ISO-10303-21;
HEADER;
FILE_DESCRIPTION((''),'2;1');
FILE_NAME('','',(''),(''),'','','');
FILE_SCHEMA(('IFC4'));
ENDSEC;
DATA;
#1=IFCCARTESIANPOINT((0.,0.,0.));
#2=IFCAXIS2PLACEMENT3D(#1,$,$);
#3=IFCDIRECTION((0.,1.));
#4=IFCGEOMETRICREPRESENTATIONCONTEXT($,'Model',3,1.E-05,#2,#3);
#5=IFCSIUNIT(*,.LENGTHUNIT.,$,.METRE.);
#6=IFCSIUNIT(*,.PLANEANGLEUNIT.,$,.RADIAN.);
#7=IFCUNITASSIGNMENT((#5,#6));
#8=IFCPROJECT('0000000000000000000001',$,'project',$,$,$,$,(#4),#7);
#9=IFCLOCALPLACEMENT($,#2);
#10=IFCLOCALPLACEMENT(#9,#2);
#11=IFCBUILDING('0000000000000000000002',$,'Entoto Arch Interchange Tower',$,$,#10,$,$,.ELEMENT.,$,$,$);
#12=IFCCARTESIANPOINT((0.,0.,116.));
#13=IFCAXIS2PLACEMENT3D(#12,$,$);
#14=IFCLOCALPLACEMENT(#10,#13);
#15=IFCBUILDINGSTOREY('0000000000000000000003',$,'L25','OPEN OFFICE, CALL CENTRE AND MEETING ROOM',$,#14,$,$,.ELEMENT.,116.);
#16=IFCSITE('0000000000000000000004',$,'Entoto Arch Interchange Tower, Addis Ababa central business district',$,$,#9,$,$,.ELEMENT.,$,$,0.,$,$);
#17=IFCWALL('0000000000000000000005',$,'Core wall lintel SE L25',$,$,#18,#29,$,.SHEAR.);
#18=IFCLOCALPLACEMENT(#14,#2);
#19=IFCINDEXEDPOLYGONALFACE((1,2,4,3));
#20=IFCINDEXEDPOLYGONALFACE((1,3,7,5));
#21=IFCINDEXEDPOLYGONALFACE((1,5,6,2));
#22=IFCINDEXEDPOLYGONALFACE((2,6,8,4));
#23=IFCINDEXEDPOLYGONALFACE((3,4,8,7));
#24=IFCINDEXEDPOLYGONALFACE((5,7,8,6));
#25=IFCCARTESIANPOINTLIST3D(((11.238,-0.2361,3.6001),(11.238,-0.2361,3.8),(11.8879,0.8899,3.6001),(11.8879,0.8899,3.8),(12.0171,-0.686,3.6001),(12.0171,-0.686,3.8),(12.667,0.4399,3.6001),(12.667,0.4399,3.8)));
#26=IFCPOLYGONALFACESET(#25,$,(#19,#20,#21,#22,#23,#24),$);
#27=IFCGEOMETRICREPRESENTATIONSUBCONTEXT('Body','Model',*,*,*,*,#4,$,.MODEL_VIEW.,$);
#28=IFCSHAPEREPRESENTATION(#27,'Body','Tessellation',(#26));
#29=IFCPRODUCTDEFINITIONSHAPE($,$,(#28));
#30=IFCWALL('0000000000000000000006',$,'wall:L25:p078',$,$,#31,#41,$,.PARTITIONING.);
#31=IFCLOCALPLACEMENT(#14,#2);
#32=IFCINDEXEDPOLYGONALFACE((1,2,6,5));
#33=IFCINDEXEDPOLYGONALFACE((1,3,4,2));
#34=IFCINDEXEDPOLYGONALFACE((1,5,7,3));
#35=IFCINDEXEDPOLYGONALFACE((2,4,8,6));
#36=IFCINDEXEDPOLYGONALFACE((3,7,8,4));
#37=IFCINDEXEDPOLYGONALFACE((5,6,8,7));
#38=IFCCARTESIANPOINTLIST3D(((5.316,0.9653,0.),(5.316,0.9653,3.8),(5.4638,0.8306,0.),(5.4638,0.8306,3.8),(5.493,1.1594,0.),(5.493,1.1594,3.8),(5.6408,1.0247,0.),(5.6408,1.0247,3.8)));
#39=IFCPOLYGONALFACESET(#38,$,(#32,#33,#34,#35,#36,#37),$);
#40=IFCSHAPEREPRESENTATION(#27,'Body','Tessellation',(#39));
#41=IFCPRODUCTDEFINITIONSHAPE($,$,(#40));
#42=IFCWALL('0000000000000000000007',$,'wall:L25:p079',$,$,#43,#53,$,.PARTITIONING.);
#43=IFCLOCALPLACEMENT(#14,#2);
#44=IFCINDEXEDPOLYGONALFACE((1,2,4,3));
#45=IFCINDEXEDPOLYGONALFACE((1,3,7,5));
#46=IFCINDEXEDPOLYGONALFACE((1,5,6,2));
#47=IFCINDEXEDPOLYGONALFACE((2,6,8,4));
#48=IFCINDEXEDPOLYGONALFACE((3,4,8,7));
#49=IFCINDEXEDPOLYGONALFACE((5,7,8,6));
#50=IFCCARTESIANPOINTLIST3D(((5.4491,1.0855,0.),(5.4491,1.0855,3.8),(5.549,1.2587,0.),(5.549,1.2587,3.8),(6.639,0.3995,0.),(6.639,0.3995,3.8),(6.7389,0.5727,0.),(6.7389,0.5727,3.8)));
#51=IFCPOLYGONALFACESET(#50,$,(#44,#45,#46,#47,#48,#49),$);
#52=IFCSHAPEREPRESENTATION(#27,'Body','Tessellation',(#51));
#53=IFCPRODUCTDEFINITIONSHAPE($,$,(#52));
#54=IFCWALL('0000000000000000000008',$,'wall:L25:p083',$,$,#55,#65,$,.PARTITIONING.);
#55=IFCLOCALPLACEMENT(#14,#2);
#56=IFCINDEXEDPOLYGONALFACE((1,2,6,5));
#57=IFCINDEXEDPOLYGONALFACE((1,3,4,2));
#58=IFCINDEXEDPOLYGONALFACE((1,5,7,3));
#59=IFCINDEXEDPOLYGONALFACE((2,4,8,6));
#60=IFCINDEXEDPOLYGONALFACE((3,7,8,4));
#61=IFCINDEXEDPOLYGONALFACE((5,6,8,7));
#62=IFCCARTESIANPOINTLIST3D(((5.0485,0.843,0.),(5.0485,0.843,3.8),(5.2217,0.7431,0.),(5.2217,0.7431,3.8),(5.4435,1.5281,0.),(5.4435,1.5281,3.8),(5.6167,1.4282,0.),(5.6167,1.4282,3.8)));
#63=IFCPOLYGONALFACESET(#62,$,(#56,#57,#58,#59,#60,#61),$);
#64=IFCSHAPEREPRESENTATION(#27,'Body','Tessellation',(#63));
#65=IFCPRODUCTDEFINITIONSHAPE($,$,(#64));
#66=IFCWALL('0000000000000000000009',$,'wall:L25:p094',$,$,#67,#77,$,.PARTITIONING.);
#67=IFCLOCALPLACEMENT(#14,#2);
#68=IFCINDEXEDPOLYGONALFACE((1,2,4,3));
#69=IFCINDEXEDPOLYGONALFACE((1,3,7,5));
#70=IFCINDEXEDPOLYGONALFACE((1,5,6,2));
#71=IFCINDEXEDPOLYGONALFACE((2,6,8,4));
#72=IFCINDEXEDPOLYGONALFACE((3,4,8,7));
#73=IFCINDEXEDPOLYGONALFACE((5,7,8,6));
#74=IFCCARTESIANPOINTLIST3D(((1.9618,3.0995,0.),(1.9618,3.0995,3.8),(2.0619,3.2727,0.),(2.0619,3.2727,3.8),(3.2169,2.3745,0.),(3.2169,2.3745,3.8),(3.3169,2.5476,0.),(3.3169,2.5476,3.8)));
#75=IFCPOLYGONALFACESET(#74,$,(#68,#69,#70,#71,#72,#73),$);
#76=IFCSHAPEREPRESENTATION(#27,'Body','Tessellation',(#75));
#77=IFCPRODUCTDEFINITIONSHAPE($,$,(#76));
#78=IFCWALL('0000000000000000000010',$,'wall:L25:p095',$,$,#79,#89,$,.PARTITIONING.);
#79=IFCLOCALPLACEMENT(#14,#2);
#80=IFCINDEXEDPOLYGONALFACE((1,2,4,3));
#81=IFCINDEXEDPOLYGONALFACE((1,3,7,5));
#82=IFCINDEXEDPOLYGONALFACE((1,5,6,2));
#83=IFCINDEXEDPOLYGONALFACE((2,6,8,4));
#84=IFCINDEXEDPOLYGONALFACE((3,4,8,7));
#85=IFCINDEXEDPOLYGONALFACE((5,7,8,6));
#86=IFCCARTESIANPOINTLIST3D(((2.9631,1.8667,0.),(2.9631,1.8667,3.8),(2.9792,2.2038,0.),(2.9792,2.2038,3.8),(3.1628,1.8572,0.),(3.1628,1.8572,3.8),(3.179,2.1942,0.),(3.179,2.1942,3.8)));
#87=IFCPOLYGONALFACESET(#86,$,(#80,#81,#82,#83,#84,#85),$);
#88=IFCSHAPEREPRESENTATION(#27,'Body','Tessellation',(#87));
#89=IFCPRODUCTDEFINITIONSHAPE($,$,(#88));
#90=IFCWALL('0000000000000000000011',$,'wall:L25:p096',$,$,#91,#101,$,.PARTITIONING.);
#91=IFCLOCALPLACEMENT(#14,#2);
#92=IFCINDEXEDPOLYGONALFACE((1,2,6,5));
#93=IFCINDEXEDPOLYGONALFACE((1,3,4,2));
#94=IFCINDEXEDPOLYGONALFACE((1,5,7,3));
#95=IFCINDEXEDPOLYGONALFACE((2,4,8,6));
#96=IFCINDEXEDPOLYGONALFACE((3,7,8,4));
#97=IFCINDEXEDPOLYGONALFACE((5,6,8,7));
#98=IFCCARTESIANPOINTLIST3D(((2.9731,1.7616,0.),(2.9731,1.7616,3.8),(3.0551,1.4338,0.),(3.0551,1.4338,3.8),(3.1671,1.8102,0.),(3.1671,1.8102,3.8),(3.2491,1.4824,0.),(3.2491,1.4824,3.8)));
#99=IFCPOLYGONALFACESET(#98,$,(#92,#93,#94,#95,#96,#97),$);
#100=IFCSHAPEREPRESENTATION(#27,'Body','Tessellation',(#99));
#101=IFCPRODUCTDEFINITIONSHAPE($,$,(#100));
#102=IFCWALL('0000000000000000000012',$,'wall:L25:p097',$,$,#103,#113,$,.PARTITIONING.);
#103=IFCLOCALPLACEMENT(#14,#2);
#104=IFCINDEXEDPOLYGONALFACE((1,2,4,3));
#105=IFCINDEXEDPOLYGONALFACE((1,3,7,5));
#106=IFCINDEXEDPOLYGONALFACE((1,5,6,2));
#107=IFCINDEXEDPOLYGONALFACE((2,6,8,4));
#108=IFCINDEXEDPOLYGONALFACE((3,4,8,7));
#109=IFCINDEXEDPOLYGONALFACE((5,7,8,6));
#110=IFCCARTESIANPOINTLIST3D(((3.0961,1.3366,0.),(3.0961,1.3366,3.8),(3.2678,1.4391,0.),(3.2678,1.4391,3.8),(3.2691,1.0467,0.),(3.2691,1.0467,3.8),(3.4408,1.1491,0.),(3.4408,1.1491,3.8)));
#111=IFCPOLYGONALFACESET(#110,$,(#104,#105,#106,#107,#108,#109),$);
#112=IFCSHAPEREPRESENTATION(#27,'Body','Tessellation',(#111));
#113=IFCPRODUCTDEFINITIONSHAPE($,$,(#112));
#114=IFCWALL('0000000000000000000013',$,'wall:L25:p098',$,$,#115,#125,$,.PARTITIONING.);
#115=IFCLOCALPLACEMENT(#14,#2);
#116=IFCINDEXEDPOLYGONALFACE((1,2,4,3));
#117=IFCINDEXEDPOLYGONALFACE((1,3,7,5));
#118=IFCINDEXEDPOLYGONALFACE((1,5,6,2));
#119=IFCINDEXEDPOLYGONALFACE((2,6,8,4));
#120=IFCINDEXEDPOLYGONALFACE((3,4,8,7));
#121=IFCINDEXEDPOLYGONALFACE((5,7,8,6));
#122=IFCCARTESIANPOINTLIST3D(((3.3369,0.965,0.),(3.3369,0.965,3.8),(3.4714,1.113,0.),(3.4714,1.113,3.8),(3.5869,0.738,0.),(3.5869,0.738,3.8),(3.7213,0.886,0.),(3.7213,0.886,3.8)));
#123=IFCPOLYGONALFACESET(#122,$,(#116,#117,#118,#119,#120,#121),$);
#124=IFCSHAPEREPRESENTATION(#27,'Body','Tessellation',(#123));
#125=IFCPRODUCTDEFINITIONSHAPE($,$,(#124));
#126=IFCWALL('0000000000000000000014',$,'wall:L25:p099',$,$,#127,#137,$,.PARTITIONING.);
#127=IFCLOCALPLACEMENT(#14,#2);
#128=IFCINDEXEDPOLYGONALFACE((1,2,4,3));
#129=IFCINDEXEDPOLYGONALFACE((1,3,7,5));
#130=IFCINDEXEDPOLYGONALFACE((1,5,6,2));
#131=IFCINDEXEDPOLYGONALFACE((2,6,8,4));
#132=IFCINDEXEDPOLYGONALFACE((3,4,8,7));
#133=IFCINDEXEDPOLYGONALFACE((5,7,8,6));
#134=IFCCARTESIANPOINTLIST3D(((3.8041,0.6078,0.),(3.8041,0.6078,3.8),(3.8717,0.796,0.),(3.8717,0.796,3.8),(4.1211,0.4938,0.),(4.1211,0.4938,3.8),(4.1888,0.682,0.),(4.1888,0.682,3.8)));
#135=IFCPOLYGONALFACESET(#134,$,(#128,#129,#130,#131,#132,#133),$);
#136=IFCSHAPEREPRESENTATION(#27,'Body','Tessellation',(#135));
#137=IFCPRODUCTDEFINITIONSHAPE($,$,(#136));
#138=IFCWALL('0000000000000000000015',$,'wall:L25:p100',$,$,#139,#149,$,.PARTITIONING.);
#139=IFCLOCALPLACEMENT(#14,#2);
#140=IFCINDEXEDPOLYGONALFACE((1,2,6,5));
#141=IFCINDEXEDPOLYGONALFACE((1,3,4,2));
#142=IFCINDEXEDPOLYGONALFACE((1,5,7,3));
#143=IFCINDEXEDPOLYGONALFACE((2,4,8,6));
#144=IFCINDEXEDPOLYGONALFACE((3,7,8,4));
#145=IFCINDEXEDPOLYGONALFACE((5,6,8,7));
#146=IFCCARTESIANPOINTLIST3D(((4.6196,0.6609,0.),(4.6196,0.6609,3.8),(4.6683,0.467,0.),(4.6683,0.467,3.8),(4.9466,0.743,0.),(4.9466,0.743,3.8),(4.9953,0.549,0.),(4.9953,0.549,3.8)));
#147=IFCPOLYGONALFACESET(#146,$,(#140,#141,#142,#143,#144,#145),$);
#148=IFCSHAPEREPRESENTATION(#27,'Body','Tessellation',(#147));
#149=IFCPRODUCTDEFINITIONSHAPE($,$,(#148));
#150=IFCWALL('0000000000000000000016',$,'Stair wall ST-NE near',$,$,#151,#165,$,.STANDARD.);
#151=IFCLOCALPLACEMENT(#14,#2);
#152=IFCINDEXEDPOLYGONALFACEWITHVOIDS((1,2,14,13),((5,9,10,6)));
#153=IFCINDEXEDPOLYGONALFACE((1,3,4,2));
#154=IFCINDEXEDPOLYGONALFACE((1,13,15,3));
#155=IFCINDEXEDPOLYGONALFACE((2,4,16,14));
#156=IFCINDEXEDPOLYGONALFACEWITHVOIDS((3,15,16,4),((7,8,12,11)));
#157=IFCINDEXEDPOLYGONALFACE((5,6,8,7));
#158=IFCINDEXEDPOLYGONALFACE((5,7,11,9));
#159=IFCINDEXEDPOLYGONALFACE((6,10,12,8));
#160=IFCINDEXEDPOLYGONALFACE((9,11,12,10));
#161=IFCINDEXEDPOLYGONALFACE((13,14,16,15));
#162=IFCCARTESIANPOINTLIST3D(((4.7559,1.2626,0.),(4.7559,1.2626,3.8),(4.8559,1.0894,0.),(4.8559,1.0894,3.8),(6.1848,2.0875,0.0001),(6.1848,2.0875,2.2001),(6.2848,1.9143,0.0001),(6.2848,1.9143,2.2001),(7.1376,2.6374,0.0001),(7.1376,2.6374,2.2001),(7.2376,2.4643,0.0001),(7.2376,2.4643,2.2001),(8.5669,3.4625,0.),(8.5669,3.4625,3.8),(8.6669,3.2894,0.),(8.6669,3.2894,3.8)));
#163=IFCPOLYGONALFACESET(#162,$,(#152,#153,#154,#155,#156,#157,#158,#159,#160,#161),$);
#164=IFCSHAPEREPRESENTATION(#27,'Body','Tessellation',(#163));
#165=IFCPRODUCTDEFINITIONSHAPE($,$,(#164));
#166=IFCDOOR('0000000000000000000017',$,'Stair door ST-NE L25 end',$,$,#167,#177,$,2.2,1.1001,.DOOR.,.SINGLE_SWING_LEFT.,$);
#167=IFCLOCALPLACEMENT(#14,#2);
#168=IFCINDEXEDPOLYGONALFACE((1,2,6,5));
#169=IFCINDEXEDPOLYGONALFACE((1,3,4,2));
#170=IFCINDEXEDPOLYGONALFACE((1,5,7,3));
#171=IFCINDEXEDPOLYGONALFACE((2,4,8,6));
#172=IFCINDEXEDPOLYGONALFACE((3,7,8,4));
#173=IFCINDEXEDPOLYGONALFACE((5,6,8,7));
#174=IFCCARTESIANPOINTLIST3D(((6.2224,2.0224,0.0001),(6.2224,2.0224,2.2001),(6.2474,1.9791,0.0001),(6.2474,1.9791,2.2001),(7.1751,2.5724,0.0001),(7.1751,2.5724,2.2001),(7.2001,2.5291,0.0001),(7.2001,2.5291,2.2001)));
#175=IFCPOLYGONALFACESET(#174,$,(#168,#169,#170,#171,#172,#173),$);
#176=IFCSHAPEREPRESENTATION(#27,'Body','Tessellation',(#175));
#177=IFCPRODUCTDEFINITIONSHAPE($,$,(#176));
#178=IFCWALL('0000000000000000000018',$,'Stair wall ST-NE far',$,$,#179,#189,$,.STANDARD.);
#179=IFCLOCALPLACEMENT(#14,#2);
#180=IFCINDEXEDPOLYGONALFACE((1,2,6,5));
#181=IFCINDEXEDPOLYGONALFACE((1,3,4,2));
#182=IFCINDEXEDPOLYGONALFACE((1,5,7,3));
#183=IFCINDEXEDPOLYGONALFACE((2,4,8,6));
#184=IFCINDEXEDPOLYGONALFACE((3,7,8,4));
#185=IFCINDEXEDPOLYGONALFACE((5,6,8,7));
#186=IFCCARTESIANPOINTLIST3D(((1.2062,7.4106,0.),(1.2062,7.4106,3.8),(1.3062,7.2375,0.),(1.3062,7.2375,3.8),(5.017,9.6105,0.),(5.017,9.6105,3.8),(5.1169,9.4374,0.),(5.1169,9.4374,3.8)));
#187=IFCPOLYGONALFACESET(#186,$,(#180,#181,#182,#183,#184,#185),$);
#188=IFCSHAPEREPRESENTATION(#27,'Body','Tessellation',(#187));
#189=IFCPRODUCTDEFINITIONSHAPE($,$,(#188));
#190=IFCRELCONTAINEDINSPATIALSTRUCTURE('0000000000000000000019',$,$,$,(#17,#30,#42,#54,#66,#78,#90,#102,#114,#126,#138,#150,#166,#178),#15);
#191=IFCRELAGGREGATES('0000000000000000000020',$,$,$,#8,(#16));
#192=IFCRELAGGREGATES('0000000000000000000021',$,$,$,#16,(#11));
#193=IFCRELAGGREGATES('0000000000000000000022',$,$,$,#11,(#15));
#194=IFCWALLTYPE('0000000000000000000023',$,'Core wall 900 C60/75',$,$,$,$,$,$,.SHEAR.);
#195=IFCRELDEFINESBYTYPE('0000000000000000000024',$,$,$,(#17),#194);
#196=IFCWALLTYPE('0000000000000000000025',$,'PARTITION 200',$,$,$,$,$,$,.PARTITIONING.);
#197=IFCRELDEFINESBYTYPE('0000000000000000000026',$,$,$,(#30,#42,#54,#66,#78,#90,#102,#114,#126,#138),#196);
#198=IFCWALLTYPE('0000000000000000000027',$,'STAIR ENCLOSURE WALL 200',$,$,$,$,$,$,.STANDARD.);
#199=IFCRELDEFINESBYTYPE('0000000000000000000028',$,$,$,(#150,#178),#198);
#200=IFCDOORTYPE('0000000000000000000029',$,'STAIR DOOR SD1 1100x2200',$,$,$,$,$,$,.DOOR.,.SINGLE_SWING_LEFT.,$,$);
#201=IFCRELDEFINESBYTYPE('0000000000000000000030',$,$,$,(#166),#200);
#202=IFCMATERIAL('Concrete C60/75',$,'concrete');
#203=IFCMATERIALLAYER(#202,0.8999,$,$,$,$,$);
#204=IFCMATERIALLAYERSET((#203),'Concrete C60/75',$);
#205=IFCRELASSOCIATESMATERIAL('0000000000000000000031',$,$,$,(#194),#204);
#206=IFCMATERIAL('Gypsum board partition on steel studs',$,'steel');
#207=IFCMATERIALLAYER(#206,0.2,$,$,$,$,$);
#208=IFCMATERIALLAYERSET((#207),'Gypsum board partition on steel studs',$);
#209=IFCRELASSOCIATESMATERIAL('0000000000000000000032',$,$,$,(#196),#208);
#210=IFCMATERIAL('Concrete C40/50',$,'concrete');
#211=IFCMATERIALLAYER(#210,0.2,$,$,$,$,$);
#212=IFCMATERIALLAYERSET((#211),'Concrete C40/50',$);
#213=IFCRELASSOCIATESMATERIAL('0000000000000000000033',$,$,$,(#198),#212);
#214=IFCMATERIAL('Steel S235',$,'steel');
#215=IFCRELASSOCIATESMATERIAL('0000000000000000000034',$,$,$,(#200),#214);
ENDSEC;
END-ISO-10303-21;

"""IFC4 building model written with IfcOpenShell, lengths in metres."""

from ifc_helpers import new_model, si_unit, direction, frame, frame_2d, origin, place, context, subcontext, project, spatial, polyline, rectangle, outline, extrude, material, layer, layer_set, type_object, element, fill, save


model = new_model("IFC4")

# Units and contexts
model_context = context("Model", 3, precision=1e-05, world=origin(), true_north=direction((0.0, 1.0)))
body_context = subcontext(model_context, "Body", "Model", "MODEL_VIEW")
ifc_project = project(units=[si_unit("LENGTHUNIT", "METRE"), si_unit("PLANEANGLEUNIT", "RADIAN")], contexts=[model_context])

# Site, building, storey
site_placement = place(None, origin())
site = spatial("IfcSite", under=ifc_project, at=site_placement, Name="Entoto Arch Interchange Tower, Addis Ababa central business district", CompositionType="ELEMENT", RefElevation=0.0)
building_placement = place(site_placement, origin())
building = spatial("IfcBuilding", under=site, at=building_placement, Name="Entoto Arch Interchange Tower", CompositionType="ELEMENT")
storey_placement = place(building_placement, frame((0.0, 0.0, 116.0)))
storey = spatial("IfcBuildingStorey", under=building, at=storey_placement, Name="L25", Description="OPEN OFFICE, CALL CENTRE AND MEETING ROOM", CompositionType="ELEMENT", Elevation=116.0)

# Shared definitions
ifc_material_1 = material(Name="Concrete C40/50", Category="concrete")

# Walls
ifc_material_2 = material(Name="Concrete C60/75", Category="concrete")
ifc_layer_1 = layer(ifc_material_2, 0.8999)
ifc_layer_set_1 = layer_set([ifc_layer_1], Name="Concrete C60/75")
wall_type_1 = type_object("IfcWallType", Name="Core wall 900 C60/75", PredefinedType="SHEAR", material=ifc_layer_set_1)
wall_1_placement = place(storey_placement, frame((0.0, 0.0, 3.6001)))
element("IfcWall", 1, at=wall_1_placement, inside=storey, type_object=wall_type_1, Name="Core wall lintel SE L25", PredefinedType="SHEAR", context=body_context, shape_type="SweptSolid", body=[
    extrude(outline(polyline([(12.667, 0.4399), (11.8879, 0.8899), (11.238, -0.2361), (12.0171, -0.686), (12.667, 0.4399)])), origin(), (0.0, 0.0, 1.0), 0.2),
])
ifc_material_3 = material(Name="Gypsum board partition on steel studs", Category="steel")
ifc_layer_2 = layer(ifc_material_3, 0.2)
ifc_layer_set_2 = layer_set([ifc_layer_2], Name="Gypsum board partition on steel studs")
wall_type_2 = type_object("IfcWallType", Name="PARTITION 200", PredefinedType="PARTITIONING", material=ifc_layer_set_2)
wall_2_placement = place(storey_placement, frame((5.3899, 0.8979, 0.0), z_axis=(0.0, 0.0, 1.0), x_axis=(0.673828, 0.738888, 0.0)))
element("IfcWall", 2, at=wall_2_placement, inside=storey, type_object=wall_type_2, Name="wall:L25:p078", PredefinedType="PARTITIONING", context=body_context, shape_type="SweptSolid", body=[
    extrude(rectangle(XDim=0.2627, YDim=0.2, at=frame_2d((0.1313, 0.0))), origin(), (0.0, 0.0, 1.0), 3.8),
])
wall_3_placement = place(storey_placement, frame((5.499, 1.1721, 0.0), z_axis=(0.0, 0.0, 1.0), x_axis=(0.866334, -0.499466, 0.0)))
element("IfcWall", 3, at=wall_3_placement, inside=storey, type_object=wall_type_2, Name="wall:L25:p079", PredefinedType="PARTITIONING", context=body_context, shape_type="SweptSolid", body=[
    extrude(rectangle(XDim=1.3735, YDim=0.2, at=frame_2d((0.6868, 0.0))), origin(), (0.0, 0.0, 1.0), 3.8),
])
wall_4_placement = place(storey_placement, frame((5.135, 0.793, 0.0), z_axis=(0.0, 0.0, 1.0), x_axis=(0.499526, 0.866299, 0.0)))
element("IfcWall", 4, at=wall_4_placement, inside=storey, type_object=wall_type_2, Name="wall:L25:p083", PredefinedType="PARTITIONING", context=body_context, shape_type="SweptSolid", body=[
    extrude(rectangle(XDim=0.7908, YDim=0.2, at=frame_2d((0.3955, 0.0))), origin(), (0.0, 0.0, 1.0), 3.8),
])
wall_5_placement = place(storey_placement, frame((2.012, 3.186, 0.0), z_axis=(0.0, 0.0, 1.0), x_axis=(0.865891, -0.500233, 0.0)))
element("IfcWall", 5, at=wall_5_placement, inside=storey, type_object=wall_type_2, Name="wall:L25:p094", PredefinedType="PARTITIONING", context=body_context, shape_type="SweptSolid", body=[
    extrude(rectangle(XDim=1.4495, YDim=0.2, at=frame_2d((0.7246, 0.0))), origin(), (0.0, 0.0, 1.0), 3.8),
])
wall_6_placement = place(storey_placement, frame((3.0791, 2.199, 0.0), z_axis=(0.0, 0.0, 1.0), x_axis=(-0.047771, -0.998858, 0.0)))
element("IfcWall", 6, at=wall_6_placement, inside=storey, type_object=wall_type_2, Name="wall:L25:p095", PredefinedType="PARTITIONING", context=body_context, shape_type="SweptSolid", body=[
    extrude(rectangle(XDim=0.3374, YDim=0.2, at=frame_2d((0.1687, 0.0))), origin(), (0.0, 0.0, 1.0), 3.8),
])
wall_7_placement = place(storey_placement, frame((3.0701, 1.7859, 0.0), z_axis=(0.0, 0.0, 1.0), x_axis=(0.242706, -0.9701, 0.0)))
element("IfcWall", 7, at=wall_7_placement, inside=storey, type_object=wall_type_2, Name="wall:L25:p096", PredefinedType="PARTITIONING", context=body_context, shape_type="SweptSolid", body=[
    extrude(rectangle(XDim=0.3379, YDim=0.2, at=frame_2d((0.1689, 0.0))), origin(), (0.0, 0.0, 1.0), 3.8),
])
for number, where, z_axis, x_axis, name in (
    (8, (3.1819, 1.3879, 0.0), (0.0, 0.0, 1.0), (0.512475, -0.858702, 0.0), "wall:L25:p097"),
    (9, (3.4041, 1.0391, 0.0), (0.0, 0.0, 1.0), (0.740267, -0.672313, 0.0), "wall:L25:p098"),
):
    element("IfcWall", number, at=place(storey_placement, frame(where, z_axis=z_axis, x_axis=x_axis)), inside=storey, type_object=wall_type_2, Name=name, PredefinedType="PARTITIONING", context=body_context, shape_type="SweptSolid", body=[
        extrude(rectangle(XDim=0.3376, YDim=0.2, at=frame_2d((0.1689, 0.0))), origin(), (0.0, 0.0, 1.0), 3.8),
    ])
wall_8_placement = place(storey_placement, frame((3.8379, 0.7019, 0.0), z_axis=(0.0, 0.0, 1.0), x_axis=(0.941035, -0.338309, 0.0)))
element("IfcWall", 10, at=wall_8_placement, inside=storey, type_object=wall_type_2, Name="wall:L25:p099", PredefinedType="PARTITIONING", context=body_context, shape_type="SweptSolid", body=[
    extrude(rectangle(XDim=0.3369, YDim=0.2, at=frame_2d((0.1685, 0.0))), origin(), (0.0, 0.0, 1.0), 3.8),
])
wall_9_placement = place(storey_placement, frame((4.644, 0.564, 0.0), z_axis=(0.0, 0.0, 1.0), x_axis=(0.969929, 0.243388, 0.0)))
element("IfcWall", 11, at=wall_9_placement, inside=storey, type_object=wall_type_2, Name="wall:L25:p100", PredefinedType="PARTITIONING", context=body_context, shape_type="SweptSolid", body=[
    extrude(rectangle(XDim=0.3372, YDim=0.2, at=frame_2d((0.1685, 0.0))), origin(), (0.0, 0.0, 1.0), 3.8),
])

# Wall, opening, door
ifc_layer_3 = layer(ifc_material_1, 0.2)
ifc_layer_set_3 = layer_set([ifc_layer_3], Name="Concrete C40/50")
wall_type_3 = type_object("IfcWallType", Name="STAIR ENCLOSURE WALL 200", PredefinedType="STANDARD", material=ifc_layer_set_3)
wall_10_placement = place(storey_placement, frame((4.8059, 1.176, 0.0), z_axis=(0.0, 0.0, 1.0), x_axis=(0.86606, 0.49994, 0.0)))
wall_10 = element("IfcWall", 12, at=wall_10_placement, inside=storey, type_object=wall_type_3, Name="Stair wall ST-NE near", PredefinedType="STANDARD", context=body_context, shape_type="SweptSolid", body=[
    extrude(rectangle(XDim=4.4004, YDim=0.2, at=frame_2d((2.2002, 0.0))), origin(), (0.0, 0.0, 1.0), 3.8),
])
opening_1_placement = place(wall_10_placement, frame((1.6499, 0.0, 0.0)))
opening_1 = element("IfcOpeningElement", 13, at=opening_1_placement, cuts=wall_10, PredefinedType="OPENING", context=body_context, shape_type="SweptSolid", body=[
    extrude(rectangle(XDim=1.1001, YDim=2.2, at=frame_2d((0.55, 1.1001))), frame((0.0, 0.1099, 0.0), z_axis=(0.0, -1.0, 0.0), x_axis=(1.0, 0.0, 0.0)), (0.0, 0.0, 1.0), 0.22),
])
ifc_material_4 = material(Name="Steel S235", Category="steel")
door_type = type_object("IfcDoorType", Name="STAIR DOOR SD1 1100x2200", OperationType="SINGLE_SWING_LEFT", PredefinedType="DOOR", material=ifc_material_4)
door_1_placement = place(opening_1_placement, origin())
door_1 = element("IfcDoor", 14, at=door_1_placement, inside=storey, type_object=door_type, Name="Stair door ST-NE L25 end", OperationType="SINGLE_SWING_LEFT", OverallHeight=2.2, OverallWidth=1.1001, PredefinedType="DOOR", context=body_context, shape_type="SweptSolid", body=[
    extrude(rectangle(XDim=1.1001, YDim=2.2, at=frame_2d((0.55, 1.1001))), frame((0.0, 0.0249, 0.0), z_axis=(0.0, -1.0, 0.0), x_axis=(1.0, 0.0, 0.0)), (0.0, 0.0, 1.0), 0.05),
])
fill(opening_1, door_1)

# Wall
wall_11_placement = place(storey_placement, frame((1.2561, 7.324, 0.0), z_axis=(0.0, 0.0, 1.0), x_axis=(0.866046, 0.499964, 0.0)))
element("IfcWall", 15, at=wall_11_placement, inside=storey, type_object=wall_type_3, Name="Stair wall ST-NE far", PredefinedType="STANDARD", context=body_context, shape_type="SweptSolid", body=[
    extrude(rectangle(XDim=4.4001, YDim=0.2, at=frame_2d((2.2002, 0.0))), origin(), (0.0, 0.0, 1.0), 3.8),
])

save(model, "model.ifc")
